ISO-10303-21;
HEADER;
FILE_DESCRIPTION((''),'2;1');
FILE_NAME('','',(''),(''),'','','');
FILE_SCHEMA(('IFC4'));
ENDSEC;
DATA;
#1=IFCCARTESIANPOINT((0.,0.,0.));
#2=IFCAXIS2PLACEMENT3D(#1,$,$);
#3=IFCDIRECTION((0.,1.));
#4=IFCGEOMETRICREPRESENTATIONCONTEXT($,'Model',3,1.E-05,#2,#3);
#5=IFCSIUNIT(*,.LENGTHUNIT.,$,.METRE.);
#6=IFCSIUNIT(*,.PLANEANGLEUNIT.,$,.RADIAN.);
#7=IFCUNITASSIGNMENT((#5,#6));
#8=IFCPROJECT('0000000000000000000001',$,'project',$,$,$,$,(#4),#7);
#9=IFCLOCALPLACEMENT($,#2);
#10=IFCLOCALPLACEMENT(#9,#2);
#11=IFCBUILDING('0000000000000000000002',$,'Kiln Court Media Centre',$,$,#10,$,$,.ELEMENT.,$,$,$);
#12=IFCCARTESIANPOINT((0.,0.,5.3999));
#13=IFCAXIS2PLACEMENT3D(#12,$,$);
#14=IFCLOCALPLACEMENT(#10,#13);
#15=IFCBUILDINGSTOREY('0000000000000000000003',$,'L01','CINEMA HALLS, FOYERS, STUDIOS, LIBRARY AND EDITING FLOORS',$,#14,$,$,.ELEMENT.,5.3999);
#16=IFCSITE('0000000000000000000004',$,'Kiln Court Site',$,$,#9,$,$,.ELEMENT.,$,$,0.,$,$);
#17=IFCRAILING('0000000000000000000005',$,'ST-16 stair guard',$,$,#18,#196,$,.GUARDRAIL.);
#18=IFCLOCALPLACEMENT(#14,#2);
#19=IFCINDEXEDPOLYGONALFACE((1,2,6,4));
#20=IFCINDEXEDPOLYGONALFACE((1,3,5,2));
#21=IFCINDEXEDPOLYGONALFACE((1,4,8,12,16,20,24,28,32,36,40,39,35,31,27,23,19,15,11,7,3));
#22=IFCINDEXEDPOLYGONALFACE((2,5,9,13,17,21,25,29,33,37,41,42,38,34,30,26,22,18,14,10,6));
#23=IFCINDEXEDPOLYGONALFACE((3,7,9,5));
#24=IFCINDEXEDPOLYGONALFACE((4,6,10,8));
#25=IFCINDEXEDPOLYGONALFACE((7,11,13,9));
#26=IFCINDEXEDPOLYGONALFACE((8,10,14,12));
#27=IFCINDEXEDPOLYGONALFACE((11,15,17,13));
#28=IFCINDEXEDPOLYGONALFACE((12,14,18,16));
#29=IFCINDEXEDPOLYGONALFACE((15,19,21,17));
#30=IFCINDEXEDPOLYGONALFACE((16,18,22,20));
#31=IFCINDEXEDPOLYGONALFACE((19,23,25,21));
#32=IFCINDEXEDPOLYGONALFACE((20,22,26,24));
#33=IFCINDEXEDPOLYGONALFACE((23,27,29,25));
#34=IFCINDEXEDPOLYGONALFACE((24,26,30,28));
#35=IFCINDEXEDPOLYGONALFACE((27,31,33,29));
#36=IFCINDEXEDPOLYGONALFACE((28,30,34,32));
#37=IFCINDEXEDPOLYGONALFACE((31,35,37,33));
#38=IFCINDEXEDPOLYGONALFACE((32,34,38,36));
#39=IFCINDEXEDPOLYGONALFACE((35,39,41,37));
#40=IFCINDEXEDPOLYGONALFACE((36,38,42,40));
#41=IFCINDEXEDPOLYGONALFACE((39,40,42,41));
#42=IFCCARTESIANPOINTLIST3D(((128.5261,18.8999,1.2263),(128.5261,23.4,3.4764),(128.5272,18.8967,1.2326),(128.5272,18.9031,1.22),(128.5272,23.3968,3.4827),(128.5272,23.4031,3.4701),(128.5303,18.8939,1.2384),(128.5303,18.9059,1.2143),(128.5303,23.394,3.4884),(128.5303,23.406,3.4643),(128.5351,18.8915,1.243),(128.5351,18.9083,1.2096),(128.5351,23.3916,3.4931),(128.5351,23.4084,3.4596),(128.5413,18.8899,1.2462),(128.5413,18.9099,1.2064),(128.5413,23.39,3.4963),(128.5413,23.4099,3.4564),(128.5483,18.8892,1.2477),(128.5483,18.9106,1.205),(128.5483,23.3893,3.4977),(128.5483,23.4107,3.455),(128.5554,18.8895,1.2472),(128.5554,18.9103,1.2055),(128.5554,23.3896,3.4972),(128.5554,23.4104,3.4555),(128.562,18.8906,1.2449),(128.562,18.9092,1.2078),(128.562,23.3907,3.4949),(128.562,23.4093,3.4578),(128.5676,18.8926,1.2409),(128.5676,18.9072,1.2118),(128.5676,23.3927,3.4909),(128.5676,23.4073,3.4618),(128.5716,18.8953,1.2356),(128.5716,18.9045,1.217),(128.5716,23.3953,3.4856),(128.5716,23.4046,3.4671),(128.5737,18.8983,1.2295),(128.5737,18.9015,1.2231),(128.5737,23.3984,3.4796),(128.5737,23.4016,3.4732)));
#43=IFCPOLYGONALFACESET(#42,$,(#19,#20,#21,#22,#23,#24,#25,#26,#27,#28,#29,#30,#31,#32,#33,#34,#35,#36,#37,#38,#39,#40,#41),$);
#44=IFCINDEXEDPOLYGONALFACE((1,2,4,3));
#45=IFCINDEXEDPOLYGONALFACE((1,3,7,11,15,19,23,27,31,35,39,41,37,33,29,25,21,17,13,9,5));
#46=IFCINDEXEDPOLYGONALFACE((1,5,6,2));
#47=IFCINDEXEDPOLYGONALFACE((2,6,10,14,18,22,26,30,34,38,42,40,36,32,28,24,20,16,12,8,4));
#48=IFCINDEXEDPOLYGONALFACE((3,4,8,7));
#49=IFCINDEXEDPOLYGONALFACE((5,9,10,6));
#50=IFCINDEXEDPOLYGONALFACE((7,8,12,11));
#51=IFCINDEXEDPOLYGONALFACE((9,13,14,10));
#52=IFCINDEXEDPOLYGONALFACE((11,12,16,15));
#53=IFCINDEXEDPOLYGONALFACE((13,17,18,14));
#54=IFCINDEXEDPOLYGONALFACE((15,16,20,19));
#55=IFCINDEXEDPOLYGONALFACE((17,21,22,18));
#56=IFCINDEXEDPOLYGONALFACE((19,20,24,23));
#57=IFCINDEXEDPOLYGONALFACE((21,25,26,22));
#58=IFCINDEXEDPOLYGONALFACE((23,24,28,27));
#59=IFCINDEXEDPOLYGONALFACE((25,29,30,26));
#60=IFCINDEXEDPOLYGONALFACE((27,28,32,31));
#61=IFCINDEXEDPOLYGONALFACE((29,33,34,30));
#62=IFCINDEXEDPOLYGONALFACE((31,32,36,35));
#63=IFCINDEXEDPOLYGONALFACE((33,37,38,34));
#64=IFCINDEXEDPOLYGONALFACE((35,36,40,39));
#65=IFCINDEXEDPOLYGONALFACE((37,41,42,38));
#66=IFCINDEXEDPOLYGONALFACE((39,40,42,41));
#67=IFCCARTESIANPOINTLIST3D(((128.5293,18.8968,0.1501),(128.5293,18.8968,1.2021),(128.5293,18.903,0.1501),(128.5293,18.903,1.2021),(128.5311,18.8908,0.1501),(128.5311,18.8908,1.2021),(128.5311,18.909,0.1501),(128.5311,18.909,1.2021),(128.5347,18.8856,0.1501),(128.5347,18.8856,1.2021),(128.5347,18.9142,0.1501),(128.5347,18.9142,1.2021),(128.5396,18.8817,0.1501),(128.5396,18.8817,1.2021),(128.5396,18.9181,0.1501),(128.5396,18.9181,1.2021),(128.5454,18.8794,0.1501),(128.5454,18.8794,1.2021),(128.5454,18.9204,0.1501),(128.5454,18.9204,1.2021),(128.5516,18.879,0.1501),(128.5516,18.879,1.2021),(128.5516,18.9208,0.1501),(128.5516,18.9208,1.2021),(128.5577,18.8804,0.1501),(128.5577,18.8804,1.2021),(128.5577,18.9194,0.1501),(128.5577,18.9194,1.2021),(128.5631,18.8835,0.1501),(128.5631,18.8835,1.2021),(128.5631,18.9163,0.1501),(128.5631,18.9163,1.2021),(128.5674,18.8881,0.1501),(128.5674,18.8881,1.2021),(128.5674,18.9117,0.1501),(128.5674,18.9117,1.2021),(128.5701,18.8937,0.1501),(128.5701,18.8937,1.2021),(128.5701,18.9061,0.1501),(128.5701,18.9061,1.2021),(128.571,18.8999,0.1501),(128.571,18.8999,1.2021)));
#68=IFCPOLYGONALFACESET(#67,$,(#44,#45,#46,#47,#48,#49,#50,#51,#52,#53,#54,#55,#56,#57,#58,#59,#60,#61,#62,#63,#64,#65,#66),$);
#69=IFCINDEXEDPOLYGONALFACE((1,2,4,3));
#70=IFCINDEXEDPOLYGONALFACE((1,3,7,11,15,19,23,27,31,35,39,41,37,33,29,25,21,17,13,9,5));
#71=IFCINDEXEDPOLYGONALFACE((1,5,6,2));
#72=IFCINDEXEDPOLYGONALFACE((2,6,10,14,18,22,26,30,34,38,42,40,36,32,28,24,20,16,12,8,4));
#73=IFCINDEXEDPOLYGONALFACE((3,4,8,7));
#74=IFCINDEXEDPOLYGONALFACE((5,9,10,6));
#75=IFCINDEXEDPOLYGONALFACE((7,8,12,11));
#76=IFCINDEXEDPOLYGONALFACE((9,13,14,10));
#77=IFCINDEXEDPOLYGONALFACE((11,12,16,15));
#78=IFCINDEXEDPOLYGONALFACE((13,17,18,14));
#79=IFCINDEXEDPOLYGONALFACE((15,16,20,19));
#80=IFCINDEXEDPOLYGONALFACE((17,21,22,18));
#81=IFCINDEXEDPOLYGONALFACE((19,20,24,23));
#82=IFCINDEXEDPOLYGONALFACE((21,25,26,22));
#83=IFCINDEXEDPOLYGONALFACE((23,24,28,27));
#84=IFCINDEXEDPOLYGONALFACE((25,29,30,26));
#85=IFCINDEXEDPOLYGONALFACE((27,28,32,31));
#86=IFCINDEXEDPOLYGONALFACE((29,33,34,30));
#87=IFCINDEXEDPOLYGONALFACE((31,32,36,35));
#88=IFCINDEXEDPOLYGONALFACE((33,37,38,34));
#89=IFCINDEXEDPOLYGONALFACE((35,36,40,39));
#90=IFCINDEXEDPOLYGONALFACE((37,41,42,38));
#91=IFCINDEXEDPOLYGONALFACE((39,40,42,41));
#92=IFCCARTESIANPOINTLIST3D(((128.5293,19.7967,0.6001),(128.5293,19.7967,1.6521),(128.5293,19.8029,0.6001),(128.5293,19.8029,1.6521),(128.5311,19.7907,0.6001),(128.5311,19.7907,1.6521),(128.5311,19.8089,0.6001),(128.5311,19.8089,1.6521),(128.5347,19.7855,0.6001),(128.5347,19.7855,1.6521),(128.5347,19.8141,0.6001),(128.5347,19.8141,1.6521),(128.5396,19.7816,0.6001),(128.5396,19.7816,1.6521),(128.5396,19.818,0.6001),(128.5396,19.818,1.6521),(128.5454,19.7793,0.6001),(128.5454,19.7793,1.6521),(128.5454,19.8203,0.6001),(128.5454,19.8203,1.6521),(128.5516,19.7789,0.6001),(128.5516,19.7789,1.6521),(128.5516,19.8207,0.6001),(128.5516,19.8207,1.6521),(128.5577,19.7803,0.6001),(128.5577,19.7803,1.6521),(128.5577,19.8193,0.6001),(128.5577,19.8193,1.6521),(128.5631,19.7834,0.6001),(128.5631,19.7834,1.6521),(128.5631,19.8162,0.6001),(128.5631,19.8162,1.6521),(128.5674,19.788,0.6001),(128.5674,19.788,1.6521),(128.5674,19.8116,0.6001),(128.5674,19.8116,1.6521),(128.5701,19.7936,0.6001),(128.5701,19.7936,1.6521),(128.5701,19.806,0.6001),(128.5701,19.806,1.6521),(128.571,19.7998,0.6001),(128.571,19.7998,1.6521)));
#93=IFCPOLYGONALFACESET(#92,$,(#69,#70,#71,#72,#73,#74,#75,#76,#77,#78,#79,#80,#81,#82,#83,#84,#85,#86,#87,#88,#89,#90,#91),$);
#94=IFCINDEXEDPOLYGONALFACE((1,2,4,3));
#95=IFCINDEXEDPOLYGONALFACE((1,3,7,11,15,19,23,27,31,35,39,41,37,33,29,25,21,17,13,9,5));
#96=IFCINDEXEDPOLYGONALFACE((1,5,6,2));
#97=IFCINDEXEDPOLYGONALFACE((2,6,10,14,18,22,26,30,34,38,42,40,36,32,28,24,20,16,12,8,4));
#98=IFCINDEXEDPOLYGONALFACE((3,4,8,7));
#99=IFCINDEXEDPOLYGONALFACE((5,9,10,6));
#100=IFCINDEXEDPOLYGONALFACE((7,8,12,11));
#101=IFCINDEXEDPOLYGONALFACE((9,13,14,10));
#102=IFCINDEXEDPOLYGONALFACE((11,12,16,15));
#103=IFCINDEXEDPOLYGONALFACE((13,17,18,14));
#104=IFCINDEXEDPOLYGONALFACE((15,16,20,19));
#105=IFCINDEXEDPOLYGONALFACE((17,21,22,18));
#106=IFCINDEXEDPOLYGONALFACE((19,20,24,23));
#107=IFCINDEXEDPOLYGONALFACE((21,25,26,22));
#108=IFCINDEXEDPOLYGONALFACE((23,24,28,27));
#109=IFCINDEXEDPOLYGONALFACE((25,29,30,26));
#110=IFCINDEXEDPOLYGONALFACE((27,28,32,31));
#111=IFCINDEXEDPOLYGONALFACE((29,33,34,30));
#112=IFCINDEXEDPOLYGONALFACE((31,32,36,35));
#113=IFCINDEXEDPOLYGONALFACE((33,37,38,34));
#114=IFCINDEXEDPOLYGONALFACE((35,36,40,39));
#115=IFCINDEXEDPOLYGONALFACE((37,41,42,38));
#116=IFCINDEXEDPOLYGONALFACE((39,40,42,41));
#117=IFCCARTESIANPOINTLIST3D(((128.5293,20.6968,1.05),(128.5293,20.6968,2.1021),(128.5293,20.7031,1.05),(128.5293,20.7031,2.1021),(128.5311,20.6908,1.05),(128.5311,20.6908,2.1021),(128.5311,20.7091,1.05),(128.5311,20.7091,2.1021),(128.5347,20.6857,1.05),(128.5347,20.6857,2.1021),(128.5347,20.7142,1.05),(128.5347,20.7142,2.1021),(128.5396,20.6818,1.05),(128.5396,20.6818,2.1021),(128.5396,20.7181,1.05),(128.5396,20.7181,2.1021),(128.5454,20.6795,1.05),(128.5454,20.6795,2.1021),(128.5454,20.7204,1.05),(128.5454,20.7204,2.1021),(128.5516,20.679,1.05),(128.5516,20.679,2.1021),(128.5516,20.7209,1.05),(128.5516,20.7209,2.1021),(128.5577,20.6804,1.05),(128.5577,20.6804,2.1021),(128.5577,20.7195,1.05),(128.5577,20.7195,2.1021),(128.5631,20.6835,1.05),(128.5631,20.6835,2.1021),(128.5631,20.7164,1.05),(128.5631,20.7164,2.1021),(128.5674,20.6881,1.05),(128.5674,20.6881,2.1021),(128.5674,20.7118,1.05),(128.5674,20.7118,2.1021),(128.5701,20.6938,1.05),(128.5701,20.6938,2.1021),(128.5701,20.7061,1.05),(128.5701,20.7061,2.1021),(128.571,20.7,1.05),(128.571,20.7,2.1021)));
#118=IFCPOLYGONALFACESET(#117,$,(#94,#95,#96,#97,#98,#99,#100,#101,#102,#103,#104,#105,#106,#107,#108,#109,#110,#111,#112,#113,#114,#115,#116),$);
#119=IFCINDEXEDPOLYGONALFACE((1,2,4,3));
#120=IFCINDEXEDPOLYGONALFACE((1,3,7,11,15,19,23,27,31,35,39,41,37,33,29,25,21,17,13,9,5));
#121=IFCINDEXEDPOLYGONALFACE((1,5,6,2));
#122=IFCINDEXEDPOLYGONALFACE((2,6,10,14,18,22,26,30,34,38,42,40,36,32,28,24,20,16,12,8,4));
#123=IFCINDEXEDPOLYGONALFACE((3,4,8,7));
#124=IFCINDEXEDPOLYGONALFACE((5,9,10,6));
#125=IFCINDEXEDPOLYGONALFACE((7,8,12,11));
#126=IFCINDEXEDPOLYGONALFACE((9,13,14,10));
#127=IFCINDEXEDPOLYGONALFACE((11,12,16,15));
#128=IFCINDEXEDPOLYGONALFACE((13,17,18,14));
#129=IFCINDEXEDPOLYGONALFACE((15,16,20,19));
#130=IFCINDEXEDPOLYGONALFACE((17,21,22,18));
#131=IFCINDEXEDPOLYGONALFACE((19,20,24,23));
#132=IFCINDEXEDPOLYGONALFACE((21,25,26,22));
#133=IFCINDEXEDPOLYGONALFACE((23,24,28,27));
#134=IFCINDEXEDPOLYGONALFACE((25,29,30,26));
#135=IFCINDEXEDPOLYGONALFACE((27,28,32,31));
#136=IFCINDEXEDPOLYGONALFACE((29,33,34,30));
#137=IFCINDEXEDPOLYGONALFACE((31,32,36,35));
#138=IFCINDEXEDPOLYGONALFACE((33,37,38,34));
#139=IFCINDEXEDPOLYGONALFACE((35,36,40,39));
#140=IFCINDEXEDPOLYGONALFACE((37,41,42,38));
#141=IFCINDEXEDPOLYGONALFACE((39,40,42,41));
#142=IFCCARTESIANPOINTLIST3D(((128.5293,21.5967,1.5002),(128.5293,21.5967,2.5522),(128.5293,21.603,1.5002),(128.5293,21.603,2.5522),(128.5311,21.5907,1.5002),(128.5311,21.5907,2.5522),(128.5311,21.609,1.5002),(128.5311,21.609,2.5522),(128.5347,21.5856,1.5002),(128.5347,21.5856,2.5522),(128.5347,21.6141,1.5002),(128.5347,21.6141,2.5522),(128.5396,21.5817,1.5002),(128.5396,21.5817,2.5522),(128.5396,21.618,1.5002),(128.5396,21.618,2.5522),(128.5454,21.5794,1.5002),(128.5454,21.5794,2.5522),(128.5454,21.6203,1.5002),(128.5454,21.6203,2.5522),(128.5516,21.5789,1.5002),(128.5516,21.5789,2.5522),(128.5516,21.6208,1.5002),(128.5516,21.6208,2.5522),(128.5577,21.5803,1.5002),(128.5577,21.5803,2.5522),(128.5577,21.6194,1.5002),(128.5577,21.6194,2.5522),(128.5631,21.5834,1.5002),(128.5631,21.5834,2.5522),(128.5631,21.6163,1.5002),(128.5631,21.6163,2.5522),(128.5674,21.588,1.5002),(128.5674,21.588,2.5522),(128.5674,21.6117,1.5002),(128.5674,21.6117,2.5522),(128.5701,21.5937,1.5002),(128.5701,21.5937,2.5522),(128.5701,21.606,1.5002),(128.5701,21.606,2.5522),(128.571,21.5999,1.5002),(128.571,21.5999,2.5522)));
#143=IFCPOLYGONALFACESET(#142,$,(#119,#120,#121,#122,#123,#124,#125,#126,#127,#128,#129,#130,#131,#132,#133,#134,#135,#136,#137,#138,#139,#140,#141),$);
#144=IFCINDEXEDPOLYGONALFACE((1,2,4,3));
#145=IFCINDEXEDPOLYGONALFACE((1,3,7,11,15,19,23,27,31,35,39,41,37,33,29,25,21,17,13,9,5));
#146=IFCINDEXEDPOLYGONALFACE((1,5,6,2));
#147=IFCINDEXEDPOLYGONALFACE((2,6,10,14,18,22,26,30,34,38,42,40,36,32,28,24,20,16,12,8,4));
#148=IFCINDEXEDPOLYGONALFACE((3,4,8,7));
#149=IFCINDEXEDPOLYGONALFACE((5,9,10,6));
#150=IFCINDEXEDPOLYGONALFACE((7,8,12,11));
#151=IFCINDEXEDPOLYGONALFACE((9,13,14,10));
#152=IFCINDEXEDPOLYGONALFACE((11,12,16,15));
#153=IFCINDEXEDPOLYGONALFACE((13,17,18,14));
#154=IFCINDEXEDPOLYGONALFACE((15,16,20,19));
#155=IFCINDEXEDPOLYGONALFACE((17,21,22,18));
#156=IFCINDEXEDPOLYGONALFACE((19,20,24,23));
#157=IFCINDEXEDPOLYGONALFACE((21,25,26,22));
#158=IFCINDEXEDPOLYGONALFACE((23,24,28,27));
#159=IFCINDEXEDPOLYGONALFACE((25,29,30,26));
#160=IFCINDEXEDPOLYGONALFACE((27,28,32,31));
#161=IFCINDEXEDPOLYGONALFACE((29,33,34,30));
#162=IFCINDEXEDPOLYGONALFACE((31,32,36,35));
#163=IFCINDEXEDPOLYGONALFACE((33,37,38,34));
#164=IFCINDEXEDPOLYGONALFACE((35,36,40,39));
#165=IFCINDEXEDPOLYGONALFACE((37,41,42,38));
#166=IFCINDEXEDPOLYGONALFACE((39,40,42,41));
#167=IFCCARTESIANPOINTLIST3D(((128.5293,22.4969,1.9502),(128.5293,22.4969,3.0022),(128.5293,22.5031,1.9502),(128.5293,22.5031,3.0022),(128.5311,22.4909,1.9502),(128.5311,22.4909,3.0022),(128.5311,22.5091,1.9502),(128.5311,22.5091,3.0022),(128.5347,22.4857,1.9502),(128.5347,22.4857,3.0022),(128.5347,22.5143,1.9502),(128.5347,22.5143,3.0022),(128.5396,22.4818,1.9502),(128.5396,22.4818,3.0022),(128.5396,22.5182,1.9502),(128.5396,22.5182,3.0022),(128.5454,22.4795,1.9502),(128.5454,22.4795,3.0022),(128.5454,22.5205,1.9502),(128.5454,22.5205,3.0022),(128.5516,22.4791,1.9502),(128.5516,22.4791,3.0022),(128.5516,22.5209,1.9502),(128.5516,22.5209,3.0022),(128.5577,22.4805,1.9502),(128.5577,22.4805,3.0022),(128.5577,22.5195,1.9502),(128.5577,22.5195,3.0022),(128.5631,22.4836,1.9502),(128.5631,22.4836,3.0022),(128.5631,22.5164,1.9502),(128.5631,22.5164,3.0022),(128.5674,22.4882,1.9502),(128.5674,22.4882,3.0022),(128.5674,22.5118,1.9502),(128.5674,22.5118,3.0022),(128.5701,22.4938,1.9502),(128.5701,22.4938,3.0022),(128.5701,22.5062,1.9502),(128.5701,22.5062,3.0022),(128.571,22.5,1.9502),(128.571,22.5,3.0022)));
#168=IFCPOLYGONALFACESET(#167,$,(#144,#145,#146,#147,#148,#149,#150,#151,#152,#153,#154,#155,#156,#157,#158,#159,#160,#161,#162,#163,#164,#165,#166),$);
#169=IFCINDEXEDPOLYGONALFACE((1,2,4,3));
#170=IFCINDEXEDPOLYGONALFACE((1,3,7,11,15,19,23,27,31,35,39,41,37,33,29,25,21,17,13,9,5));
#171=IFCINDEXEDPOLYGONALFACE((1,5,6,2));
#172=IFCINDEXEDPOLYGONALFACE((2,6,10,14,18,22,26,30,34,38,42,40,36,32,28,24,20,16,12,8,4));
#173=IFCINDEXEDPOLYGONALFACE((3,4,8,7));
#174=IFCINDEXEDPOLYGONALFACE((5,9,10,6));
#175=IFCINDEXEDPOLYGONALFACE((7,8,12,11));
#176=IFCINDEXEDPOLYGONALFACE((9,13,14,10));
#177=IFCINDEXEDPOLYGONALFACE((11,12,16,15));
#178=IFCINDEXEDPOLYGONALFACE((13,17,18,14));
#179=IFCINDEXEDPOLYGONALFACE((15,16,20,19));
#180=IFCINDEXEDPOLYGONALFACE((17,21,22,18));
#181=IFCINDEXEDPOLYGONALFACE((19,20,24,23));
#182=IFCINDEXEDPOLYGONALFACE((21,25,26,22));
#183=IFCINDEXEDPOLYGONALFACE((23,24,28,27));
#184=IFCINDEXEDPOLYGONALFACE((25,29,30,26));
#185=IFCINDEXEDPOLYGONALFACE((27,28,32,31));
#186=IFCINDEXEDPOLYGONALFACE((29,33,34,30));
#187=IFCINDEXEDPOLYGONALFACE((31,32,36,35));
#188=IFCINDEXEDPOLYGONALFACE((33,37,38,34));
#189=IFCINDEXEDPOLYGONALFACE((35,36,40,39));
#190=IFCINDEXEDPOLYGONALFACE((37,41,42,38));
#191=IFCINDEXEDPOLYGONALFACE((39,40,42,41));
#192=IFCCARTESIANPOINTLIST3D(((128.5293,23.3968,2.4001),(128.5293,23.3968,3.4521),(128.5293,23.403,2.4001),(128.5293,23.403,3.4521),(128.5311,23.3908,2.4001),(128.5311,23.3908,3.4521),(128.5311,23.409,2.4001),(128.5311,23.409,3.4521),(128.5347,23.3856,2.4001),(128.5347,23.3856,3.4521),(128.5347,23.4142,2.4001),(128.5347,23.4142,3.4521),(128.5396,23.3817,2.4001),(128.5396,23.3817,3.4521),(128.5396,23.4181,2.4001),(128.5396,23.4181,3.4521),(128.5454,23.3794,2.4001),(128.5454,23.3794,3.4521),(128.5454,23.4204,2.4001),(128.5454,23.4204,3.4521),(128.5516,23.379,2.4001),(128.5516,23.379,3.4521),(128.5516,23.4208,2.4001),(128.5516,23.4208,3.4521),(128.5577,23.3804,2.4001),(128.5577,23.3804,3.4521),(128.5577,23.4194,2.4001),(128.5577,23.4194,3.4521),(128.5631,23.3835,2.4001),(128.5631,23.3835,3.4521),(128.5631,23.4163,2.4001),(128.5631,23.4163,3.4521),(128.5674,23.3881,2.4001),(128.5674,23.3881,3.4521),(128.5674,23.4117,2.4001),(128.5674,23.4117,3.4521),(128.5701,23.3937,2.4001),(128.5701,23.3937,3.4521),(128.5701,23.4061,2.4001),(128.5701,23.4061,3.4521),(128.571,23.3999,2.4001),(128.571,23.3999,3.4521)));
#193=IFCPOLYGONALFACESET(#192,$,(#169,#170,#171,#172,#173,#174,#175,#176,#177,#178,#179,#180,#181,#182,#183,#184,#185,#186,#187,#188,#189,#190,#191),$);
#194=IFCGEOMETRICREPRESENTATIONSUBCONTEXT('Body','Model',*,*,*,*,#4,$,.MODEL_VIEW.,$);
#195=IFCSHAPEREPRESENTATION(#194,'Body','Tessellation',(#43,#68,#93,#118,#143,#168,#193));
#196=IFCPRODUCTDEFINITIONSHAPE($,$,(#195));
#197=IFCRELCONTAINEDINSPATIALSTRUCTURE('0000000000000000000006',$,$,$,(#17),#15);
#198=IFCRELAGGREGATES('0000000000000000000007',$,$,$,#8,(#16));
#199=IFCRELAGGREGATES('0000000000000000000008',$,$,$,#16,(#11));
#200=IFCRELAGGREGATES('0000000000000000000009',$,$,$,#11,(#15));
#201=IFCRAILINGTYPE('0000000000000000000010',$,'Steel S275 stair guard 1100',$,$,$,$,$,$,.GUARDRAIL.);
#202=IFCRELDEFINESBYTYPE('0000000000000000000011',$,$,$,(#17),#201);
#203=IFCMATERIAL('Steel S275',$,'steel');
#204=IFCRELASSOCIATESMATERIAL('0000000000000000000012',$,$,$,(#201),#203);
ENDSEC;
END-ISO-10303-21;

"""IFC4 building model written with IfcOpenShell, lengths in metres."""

from ifc_helpers import new_model, si_unit, direction, frame, origin, origin_2d, place, context, subcontext, project, spatial, circle, extrude, material, type_object, element, save


model = new_model("IFC4")

# Units and contexts
model_context = context("Model", 3, precision=1e-05, world=origin(), true_north=direction((0.0, 1.0)))
body_context = subcontext(model_context, "Body", "Model", "MODEL_VIEW")
ifc_project = project(units=[si_unit("LENGTHUNIT", "METRE"), si_unit("PLANEANGLEUNIT", "RADIAN")], contexts=[model_context])

# Site, building, storey
site_placement = place(None, origin())
site = spatial("IfcSite", under=ifc_project, at=site_placement, Name="Kiln Court Site", CompositionType="ELEMENT", RefElevation=0.0)
building_placement = place(site_placement, origin())
building = spatial("IfcBuilding", under=site, at=building_placement, Name="Kiln Court Media Centre", CompositionType="ELEMENT")
storey_placement = place(building_placement, frame((0.0, 0.0, 5.3999)))
storey = spatial("IfcBuildingStorey", under=building, at=storey_placement, Name="L01", Description="CINEMA HALLS, FOYERS, STUDIOS, LIBRARY AND EDITING FLOORS", CompositionType="ELEMENT", Elevation=5.3999)

# Railing
ifc_material_1 = material(Name="Steel S275", Category="steel")
railing_type_1 = type_object("IfcRailingType", Name="Steel S275 stair guard 1100", PredefinedType="GUARDRAIL", material=ifc_material_1)
railing_1_placement = place(storey_placement, frame((128.55, 18.8999, 0.1501)))
element("IfcRailing", 1, at=railing_1_placement, inside=storey, type_object=railing_type_1, Name="ST-16 stair guard", PredefinedType="GUARDRAIL", context=body_context, shape_type="SweptSolid", body=[
    extrude(circle(Radius=0.0239, at=origin_2d()), frame((0.0, 0.0, 1.0762), z_axis=(0.0, 0.894427, 0.447214), x_axis=(-1.0, 0.0, 0.0)), (0.0, 0.0, 1.0), 5.0312),
    extrude(circle(Radius=0.021, at=origin_2d()), origin(), (0.0, 0.0, 1.0), 1.052),
    extrude(circle(Radius=0.021, at=origin_2d()), frame((0.0, 0.8999, 0.45)), (0.0, 0.0, 1.0), 1.052),
    extrude(circle(Radius=0.021, at=origin_2d()), frame((0.0, 1.8, 0.8999)), (0.0, 0.0, 1.0), 1.052),
    extrude(circle(Radius=0.021, at=origin_2d()), frame((0.0, 2.7, 1.3501)), (0.0, 0.0, 1.0), 1.052),
    extrude(circle(Radius=0.021, at=origin_2d()), frame((0.0, 3.6001, 1.8)), (0.0, 0.0, 1.0), 1.052),
    extrude(circle(Radius=0.021, at=origin_2d()), frame((0.0, 4.5, 2.25)), (0.0, 0.0, 1.0), 1.052),
])

save(model, "model.ifc")
